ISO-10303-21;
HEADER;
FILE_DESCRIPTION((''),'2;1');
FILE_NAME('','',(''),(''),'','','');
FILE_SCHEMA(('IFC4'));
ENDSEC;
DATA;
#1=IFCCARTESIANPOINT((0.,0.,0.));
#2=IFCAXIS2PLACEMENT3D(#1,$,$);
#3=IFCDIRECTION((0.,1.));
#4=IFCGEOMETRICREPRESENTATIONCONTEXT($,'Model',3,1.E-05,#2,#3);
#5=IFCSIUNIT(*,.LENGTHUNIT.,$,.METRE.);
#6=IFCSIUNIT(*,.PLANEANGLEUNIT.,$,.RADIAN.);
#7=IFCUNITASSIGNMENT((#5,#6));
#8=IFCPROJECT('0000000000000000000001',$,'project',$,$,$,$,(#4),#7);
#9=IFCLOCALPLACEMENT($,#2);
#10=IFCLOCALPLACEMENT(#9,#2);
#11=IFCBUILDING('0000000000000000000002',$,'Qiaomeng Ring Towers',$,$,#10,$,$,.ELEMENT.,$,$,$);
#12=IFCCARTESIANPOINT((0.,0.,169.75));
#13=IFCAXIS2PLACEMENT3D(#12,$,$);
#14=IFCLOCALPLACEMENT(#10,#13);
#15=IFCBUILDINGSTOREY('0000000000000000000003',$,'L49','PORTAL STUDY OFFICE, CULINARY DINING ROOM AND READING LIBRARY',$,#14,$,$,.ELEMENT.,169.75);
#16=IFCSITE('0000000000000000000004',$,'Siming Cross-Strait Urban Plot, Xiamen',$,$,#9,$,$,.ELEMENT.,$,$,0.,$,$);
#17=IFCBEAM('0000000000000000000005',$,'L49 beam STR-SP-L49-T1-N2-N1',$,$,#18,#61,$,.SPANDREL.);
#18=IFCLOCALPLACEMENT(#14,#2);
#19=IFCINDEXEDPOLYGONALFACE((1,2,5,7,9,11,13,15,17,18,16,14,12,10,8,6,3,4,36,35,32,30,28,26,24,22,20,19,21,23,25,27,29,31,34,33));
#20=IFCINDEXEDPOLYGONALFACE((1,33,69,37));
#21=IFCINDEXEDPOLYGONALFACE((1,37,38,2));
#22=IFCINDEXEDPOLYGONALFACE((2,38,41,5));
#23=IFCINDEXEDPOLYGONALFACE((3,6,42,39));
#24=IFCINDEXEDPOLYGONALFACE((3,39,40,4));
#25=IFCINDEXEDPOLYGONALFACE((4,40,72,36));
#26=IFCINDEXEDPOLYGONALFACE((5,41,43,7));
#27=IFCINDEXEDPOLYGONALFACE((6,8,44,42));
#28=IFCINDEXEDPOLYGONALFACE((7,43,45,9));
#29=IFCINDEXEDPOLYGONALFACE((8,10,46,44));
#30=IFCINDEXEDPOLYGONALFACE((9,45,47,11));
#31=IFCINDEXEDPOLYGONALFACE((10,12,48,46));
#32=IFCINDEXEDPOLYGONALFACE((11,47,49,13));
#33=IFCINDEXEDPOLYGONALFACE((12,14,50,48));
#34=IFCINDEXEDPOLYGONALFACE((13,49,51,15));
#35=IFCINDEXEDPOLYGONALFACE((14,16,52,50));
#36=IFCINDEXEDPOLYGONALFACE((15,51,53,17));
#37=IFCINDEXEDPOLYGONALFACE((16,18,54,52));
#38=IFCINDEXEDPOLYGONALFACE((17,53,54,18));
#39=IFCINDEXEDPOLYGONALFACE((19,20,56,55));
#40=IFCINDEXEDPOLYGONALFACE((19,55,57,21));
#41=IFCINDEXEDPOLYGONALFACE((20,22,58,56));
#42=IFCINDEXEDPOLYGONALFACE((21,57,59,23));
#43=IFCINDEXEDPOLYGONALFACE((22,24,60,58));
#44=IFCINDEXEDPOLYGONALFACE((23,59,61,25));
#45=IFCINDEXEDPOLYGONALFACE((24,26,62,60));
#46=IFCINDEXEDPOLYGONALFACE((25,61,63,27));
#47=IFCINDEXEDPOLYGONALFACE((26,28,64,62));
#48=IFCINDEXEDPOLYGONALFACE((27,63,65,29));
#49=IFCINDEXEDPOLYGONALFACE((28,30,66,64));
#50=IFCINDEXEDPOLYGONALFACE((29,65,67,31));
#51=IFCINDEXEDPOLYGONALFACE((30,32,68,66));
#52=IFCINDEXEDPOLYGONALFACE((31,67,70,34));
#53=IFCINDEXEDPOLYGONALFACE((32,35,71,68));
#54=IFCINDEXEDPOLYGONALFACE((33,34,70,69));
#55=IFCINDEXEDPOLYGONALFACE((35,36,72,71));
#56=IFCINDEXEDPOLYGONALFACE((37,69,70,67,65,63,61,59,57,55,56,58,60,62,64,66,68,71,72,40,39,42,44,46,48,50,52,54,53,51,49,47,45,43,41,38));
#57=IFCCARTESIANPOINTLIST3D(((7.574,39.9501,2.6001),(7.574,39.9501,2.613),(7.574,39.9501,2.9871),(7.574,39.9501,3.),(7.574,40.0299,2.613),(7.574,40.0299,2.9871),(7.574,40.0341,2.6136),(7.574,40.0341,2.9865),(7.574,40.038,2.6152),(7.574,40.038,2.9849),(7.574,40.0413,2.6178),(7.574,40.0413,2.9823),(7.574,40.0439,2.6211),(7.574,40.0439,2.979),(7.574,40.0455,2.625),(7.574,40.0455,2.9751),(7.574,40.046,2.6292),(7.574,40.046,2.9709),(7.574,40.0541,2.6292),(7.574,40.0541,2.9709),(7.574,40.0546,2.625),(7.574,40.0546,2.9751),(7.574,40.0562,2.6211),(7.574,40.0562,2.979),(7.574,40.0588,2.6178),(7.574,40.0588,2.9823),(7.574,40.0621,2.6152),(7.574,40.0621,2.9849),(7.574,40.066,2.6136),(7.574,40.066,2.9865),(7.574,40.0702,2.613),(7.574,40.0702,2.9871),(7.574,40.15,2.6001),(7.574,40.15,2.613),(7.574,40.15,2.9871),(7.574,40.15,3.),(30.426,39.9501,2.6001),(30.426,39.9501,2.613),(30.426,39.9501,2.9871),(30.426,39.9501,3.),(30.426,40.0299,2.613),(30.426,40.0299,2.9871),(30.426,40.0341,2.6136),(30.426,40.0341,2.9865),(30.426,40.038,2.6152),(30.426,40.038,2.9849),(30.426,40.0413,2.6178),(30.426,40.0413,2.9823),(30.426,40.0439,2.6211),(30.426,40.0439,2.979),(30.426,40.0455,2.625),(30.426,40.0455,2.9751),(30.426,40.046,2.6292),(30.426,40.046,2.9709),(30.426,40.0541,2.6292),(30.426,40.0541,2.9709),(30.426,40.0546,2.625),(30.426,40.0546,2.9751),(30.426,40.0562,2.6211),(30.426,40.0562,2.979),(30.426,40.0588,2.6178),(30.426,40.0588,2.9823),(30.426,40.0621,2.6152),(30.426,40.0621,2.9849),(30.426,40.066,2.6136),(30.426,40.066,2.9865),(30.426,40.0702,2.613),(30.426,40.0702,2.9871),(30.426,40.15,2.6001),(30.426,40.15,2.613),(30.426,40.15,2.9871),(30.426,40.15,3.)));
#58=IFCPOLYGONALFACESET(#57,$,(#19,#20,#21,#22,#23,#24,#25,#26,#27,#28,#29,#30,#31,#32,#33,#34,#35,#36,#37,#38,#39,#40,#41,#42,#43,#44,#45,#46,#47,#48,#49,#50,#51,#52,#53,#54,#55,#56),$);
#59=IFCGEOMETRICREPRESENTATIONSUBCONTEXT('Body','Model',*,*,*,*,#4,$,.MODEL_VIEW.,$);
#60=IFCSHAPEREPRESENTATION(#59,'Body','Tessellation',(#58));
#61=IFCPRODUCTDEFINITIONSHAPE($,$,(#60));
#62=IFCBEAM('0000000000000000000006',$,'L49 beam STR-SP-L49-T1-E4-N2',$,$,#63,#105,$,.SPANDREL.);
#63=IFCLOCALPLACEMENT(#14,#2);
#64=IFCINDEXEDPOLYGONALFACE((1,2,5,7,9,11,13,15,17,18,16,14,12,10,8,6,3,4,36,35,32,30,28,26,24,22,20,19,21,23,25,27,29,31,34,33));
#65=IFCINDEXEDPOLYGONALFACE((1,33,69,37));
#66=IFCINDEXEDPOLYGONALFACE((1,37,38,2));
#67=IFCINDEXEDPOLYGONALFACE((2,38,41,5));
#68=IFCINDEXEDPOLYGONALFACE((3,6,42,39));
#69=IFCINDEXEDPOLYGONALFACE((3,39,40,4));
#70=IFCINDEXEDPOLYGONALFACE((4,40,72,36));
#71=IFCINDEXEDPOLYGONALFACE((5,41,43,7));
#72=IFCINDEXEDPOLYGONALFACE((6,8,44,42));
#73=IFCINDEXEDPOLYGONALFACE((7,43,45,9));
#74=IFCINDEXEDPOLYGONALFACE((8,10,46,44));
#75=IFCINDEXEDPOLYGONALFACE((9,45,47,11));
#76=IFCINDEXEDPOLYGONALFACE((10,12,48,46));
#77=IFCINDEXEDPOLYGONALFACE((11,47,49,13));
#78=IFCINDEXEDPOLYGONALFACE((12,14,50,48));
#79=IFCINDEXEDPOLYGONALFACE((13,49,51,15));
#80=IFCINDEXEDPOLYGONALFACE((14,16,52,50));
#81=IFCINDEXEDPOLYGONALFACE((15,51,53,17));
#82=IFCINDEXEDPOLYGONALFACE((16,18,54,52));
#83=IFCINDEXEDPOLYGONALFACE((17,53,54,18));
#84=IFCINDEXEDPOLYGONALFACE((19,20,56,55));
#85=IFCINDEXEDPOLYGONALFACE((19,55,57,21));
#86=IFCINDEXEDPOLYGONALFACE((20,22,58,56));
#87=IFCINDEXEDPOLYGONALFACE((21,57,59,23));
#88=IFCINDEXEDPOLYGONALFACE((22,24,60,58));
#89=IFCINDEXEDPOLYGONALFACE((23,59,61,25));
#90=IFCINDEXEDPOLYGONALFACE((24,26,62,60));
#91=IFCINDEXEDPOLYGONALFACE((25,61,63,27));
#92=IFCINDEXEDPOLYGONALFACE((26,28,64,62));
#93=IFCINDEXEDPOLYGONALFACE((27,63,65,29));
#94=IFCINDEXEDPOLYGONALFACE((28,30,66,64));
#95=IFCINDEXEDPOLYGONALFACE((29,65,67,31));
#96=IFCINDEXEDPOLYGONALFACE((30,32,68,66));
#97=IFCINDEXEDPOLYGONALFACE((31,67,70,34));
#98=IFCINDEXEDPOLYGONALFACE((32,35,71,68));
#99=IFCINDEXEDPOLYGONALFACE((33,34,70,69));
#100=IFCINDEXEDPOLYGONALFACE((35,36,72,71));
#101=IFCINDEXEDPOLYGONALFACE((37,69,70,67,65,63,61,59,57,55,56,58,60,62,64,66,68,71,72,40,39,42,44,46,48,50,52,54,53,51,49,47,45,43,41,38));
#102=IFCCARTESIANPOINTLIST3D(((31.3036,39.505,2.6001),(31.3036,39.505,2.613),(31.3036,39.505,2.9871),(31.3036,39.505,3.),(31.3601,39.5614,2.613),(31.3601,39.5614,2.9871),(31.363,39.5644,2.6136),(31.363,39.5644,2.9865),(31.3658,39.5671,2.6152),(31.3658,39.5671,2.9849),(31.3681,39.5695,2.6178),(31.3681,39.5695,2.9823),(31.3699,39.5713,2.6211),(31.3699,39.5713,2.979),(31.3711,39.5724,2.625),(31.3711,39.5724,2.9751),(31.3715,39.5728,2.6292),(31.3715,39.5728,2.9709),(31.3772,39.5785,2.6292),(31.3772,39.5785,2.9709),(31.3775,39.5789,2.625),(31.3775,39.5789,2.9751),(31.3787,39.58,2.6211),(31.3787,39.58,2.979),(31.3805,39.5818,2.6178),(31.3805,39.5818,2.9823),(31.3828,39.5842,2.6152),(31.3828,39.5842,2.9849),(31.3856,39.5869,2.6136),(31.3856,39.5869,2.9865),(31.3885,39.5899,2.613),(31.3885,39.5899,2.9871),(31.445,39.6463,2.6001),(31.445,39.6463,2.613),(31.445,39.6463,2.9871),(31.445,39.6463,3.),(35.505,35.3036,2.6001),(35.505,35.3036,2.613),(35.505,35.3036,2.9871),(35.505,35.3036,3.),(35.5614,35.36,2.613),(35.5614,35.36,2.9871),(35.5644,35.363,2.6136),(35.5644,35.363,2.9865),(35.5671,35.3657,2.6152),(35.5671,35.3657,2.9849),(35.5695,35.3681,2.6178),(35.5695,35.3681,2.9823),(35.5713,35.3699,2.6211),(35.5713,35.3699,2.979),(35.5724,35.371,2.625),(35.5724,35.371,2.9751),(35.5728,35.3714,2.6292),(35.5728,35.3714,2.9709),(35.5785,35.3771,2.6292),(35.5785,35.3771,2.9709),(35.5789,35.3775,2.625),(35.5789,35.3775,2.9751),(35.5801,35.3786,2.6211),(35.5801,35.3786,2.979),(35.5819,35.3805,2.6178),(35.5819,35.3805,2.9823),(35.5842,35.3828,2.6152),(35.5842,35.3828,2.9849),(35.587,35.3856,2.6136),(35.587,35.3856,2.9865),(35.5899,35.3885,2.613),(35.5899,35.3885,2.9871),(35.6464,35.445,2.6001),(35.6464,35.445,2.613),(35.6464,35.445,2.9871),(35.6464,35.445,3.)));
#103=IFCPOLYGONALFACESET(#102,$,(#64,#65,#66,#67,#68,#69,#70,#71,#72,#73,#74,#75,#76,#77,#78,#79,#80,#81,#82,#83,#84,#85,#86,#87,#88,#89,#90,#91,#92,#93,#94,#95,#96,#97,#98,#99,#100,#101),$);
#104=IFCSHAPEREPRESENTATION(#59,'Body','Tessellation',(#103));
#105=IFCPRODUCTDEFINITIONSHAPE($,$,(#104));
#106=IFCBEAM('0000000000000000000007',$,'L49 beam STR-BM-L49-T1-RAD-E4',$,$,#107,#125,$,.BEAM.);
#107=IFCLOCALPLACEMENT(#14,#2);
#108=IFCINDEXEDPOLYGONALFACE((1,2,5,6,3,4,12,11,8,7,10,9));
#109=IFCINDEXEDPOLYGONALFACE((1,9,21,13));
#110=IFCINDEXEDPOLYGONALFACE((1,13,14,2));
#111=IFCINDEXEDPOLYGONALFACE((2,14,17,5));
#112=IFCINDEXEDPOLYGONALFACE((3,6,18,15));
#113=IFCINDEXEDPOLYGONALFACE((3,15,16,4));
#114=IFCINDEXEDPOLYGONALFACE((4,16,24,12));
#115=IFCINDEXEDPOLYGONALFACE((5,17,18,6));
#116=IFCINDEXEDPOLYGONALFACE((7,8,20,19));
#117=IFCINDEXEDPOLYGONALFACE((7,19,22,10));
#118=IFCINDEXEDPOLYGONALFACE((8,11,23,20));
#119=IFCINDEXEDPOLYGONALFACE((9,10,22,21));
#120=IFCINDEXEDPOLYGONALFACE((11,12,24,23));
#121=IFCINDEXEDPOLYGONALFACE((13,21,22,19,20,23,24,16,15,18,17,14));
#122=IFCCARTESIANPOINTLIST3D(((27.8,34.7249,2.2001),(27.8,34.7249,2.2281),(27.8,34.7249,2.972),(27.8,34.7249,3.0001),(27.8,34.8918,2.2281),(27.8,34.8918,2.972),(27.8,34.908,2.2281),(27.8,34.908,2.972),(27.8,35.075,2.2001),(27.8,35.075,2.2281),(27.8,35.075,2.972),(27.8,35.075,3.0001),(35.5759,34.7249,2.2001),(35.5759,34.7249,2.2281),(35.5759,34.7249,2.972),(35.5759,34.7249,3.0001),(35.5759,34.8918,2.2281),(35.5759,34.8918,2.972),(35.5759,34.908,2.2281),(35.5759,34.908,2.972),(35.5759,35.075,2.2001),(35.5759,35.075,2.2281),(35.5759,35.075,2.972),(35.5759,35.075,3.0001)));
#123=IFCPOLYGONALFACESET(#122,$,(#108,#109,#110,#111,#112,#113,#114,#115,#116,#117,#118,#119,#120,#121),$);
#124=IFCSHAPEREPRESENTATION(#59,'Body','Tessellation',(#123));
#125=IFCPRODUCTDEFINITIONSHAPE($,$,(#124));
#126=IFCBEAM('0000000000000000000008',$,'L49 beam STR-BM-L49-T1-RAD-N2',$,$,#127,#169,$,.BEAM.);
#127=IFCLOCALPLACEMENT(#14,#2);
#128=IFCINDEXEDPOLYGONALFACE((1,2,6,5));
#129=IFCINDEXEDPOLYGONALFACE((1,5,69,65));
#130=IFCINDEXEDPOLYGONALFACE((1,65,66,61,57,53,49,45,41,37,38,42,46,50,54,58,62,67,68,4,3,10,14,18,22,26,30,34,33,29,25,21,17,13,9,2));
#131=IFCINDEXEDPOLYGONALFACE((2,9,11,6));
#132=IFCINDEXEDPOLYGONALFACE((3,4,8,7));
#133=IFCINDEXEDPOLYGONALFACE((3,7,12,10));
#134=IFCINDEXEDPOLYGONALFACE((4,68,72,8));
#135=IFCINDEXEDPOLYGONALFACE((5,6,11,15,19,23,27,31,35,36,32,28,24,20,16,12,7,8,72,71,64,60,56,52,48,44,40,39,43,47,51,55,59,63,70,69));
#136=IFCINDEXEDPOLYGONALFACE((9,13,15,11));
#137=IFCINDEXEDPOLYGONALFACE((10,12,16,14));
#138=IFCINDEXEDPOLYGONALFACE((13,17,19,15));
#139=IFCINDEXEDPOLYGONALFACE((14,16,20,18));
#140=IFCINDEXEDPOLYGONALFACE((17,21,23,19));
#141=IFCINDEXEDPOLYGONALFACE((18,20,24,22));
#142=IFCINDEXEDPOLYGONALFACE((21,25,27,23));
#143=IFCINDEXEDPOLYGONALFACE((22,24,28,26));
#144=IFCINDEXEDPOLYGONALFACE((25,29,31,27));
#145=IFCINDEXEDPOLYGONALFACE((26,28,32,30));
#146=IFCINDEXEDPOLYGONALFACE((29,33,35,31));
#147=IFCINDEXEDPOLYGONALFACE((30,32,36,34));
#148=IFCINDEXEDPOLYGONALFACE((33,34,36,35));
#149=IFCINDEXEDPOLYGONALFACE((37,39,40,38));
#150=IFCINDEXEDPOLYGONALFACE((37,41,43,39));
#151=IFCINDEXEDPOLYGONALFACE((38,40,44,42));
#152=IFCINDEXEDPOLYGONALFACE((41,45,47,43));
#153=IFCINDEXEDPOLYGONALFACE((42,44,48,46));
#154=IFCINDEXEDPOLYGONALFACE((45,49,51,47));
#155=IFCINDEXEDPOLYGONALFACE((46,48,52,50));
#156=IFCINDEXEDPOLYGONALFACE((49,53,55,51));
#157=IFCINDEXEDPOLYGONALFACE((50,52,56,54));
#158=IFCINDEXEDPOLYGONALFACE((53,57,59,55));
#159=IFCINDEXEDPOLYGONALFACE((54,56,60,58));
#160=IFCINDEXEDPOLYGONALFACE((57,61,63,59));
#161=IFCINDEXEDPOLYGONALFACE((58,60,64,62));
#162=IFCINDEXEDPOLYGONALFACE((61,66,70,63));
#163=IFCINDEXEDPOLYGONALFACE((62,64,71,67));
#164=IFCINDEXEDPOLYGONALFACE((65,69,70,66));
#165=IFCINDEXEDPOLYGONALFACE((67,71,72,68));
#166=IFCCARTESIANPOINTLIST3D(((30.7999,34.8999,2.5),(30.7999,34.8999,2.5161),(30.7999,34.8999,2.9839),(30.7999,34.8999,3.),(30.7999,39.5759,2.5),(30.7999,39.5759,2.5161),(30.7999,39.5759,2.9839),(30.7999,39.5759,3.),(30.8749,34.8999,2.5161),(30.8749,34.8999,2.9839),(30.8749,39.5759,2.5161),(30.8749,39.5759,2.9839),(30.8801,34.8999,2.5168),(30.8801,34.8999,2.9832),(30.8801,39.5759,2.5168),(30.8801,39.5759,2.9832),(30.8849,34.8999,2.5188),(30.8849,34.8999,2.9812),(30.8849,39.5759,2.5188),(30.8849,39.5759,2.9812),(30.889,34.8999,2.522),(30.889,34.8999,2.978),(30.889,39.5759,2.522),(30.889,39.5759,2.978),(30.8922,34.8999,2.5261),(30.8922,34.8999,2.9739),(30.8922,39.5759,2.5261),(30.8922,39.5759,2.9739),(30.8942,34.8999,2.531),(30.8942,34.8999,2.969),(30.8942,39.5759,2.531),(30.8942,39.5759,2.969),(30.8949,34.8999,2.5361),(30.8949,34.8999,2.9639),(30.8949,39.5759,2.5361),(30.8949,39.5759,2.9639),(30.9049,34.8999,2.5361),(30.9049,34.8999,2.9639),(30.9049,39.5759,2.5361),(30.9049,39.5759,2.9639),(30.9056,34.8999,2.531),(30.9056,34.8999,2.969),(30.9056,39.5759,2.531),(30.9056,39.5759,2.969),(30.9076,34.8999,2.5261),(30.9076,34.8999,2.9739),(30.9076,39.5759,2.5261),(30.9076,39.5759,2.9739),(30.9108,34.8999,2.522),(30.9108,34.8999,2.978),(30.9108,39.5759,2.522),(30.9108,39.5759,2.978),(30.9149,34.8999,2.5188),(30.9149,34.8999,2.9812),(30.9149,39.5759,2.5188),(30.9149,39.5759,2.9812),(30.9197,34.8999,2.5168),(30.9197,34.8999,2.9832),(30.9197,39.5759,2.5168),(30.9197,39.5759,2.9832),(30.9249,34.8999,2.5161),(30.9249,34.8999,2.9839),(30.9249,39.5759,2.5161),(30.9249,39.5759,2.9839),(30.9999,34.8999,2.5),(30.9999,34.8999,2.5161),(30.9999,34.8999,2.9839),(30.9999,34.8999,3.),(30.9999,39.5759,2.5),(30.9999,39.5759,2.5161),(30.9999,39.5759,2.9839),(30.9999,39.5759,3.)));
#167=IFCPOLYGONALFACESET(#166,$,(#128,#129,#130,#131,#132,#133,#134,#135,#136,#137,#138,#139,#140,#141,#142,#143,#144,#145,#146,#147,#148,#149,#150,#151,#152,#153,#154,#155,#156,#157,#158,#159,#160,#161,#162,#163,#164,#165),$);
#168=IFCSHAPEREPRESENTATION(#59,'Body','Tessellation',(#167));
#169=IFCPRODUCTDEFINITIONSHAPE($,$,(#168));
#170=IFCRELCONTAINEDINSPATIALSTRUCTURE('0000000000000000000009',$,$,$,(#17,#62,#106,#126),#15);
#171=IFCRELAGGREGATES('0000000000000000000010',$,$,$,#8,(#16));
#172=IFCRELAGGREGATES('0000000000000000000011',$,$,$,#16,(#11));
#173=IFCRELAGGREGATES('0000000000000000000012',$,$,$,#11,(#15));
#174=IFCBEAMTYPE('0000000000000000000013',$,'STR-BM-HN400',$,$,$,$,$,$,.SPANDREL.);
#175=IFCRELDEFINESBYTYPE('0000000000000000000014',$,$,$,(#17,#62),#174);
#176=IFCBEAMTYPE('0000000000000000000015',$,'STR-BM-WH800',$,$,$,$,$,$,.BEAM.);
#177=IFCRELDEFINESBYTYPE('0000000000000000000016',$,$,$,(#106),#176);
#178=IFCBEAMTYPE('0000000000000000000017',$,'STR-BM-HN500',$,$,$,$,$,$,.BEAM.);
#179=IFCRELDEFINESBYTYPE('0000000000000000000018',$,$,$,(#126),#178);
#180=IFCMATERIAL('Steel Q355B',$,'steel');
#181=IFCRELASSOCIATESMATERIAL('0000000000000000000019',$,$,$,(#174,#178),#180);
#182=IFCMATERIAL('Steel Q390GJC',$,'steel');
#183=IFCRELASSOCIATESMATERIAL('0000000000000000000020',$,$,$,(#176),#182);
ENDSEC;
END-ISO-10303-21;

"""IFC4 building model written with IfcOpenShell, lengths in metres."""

from ifc_helpers import new_model, si_unit, direction, frame, origin, origin_2d, place, context, subcontext, project, spatial, i_section, extrude, source, transform, mapped, material, material_profile, profile_set, type_object, element, save


model = new_model("IFC4")

# Units and contexts
model_context = context("Model", 3, precision=1e-05, world=origin(), true_north=direction((0.0, 1.0)))
body_context = subcontext(model_context, "Body", "Model", "MODEL_VIEW")
ifc_project = project(units=[si_unit("LENGTHUNIT", "METRE"), si_unit("PLANEANGLEUNIT", "RADIAN")], contexts=[model_context])

# Site, building, storey
site_placement = place(None, origin())
site = spatial("IfcSite", under=ifc_project, at=site_placement, Name="Siming Cross-Strait Urban Plot, Xiamen", CompositionType="ELEMENT", RefElevation=0.0)
building_placement = place(site_placement, origin())
building = spatial("IfcBuilding", under=site, at=building_placement, Name="Qiaomeng Ring Towers", CompositionType="ELEMENT")
storey_placement = place(building_placement, frame((0.0, 0.0, 169.75)))
storey = spatial("IfcBuildingStorey", under=building, at=storey_placement, Name="L49", Description="PORTAL STUDY OFFICE, CULINARY DINING ROOM AND READING LIBRARY", CompositionType="ELEMENT", Elevation=169.75)

# Beams
ifc_material_1 = material(Name="Steel Q355B", Category="steel")
ifc_material_profile_1 = material_profile(ifc_material_1, i_section(OverallWidth=0.2, OverallDepth=0.3999, WebThickness=0.0081, FlangeThickness=0.0129, FilletRadius=0.0161, at=origin_2d()), Name="HN 400x200x8x13")
ifc_profile_set_1 = profile_set([ifc_material_profile_1], Name="Steel Q355B")
beam_type_1 = type_object("IfcBeamType", Name="STR-BM-HN400", PredefinedType="SPANDREL", material=ifc_profile_set_1)
shared_shape_1 = source(origin(), body_context, "Body", "SweptSolid", [
    extrude(i_section(OverallWidth=0.2, OverallDepth=0.3999, WebThickness=0.0081, FlangeThickness=0.0129, FilletRadius=0.0161, at=origin_2d()), origin(), (0.0, 0.0, 1.0), 22.8521),
])
beam_1_placement = place(storey_placement, frame((30.426, 40.05, 2.8), z_axis=(-1.0, 0.0, 0.0), x_axis=(0.0, -1.0, 0.0)))
element("IfcBeam", 1, at=beam_1_placement, inside=storey, type_object=beam_type_1, Name="L49 beam STR-SP-L49-T1-N2-N1", PredefinedType="SPANDREL", context=body_context, shape_type="MappedRepresentation", body=[
    mapped(shared_shape_1, transform((0.0, 0.0, 0.0), x_axis=(1.0, 0.0, 0.0), y_axis=(0.0, 1.0, 0.0), z_axis=(0.0, 0.0, 1.0), scale=1.0)),
])
shared_shape_2 = source(origin(), body_context, "Body", "SweptSolid", [
    extrude(i_section(OverallWidth=0.2, OverallDepth=0.3999, WebThickness=0.0081, FlangeThickness=0.0129, FilletRadius=0.0161, at=origin_2d()), origin(), (0.0, 0.0, 1.0), 5.9417),
])
beam_2_placement = place(storey_placement, frame((35.5757, 35.3743, 2.8), z_axis=(-0.707107, 0.707107, 0.0), x_axis=(-0.707107, -0.707107, 0.0)))
element("IfcBeam", 2, at=beam_2_placement, inside=storey, type_object=beam_type_1, Name="L49 beam STR-SP-L49-T1-E4-N2", PredefinedType="SPANDREL", context=body_context, shape_type="MappedRepresentation", body=[
    mapped(shared_shape_2, transform((0.0, 0.0, 0.0), x_axis=(1.0, 0.0, 0.0), y_axis=(0.0, 1.0, 0.0), z_axis=(0.0, 0.0, 1.0), scale=1.0)),
])
ifc_material_2 = material(Name="Steel Q390GJC", Category="steel")
ifc_material_profile_2 = material_profile(ifc_material_2, i_section(OverallWidth=0.3501, OverallDepth=0.8, WebThickness=0.0161, FlangeThickness=0.0281, at=origin_2d()), Name="WH 800x350x16x28")
ifc_profile_set_2 = profile_set([ifc_material_profile_2], Name="Steel Q390GJC")
beam_type_2 = type_object("IfcBeamType", Name="STR-BM-WH800", PredefinedType="BEAM", material=ifc_profile_set_2)
shared_shape_3 = source(origin(), body_context, "Body", "SweptSolid", [
    extrude(i_section(OverallWidth=0.3501, OverallDepth=0.8, WebThickness=0.0161, FlangeThickness=0.0281, at=origin_2d()), origin(), (0.0, 0.0, 1.0), 7.7759),
])
beam_3_placement = place(storey_placement, frame((27.8, 34.8999, 2.6001), z_axis=(1.0, 0.0, 0.0), x_axis=(0.0, 1.0, 0.0)))
element("IfcBeam", 3, at=beam_3_placement, inside=storey, type_object=beam_type_2, Name="L49 beam STR-BM-L49-T1-RAD-E4", PredefinedType="BEAM", context=body_context, shape_type="MappedRepresentation", body=[
    mapped(shared_shape_3, transform((0.0, 0.0, 0.0), x_axis=(1.0, 0.0, 0.0), y_axis=(0.0, 1.0, 0.0), z_axis=(0.0, 0.0, 1.0), scale=1.0)),
])
ifc_material_profile_3 = material_profile(ifc_material_1, i_section(OverallWidth=0.2, OverallDepth=0.5, WebThickness=0.01, FlangeThickness=0.0161, FilletRadius=0.02, at=origin_2d()), Name="HN 500x200x10x16")
ifc_profile_set_3 = profile_set([ifc_material_profile_3], Name="Steel Q355B")
beam_type_3 = type_object("IfcBeamType", Name="STR-BM-HN500", PredefinedType="BEAM", material=ifc_profile_set_3)
shared_shape_4 = source(origin(), body_context, "Body", "SweptSolid", [
    extrude(i_section(OverallWidth=0.2, OverallDepth=0.5, WebThickness=0.01, FlangeThickness=0.0161, FilletRadius=0.02, at=origin_2d()), origin(), (0.0, 0.0, 1.0), 4.676),
])
beam_4_placement = place(storey_placement, frame((30.8999, 39.5759, 2.75), z_axis=(0.0, -1.0, 0.0), x_axis=(1.0, 0.0, 0.0)))
element("IfcBeam", 4, at=beam_4_placement, inside=storey, type_object=beam_type_3, Name="L49 beam STR-BM-L49-T1-RAD-N2", PredefinedType="BEAM", context=body_context, shape_type="MappedRepresentation", body=[
    mapped(shared_shape_4, transform((0.0, 0.0, 0.0), x_axis=(1.0, 0.0, 0.0), y_axis=(0.0, 1.0, 0.0), z_axis=(0.0, 0.0, 1.0), scale=1.0)),
])

save(model, "model.ifc")
